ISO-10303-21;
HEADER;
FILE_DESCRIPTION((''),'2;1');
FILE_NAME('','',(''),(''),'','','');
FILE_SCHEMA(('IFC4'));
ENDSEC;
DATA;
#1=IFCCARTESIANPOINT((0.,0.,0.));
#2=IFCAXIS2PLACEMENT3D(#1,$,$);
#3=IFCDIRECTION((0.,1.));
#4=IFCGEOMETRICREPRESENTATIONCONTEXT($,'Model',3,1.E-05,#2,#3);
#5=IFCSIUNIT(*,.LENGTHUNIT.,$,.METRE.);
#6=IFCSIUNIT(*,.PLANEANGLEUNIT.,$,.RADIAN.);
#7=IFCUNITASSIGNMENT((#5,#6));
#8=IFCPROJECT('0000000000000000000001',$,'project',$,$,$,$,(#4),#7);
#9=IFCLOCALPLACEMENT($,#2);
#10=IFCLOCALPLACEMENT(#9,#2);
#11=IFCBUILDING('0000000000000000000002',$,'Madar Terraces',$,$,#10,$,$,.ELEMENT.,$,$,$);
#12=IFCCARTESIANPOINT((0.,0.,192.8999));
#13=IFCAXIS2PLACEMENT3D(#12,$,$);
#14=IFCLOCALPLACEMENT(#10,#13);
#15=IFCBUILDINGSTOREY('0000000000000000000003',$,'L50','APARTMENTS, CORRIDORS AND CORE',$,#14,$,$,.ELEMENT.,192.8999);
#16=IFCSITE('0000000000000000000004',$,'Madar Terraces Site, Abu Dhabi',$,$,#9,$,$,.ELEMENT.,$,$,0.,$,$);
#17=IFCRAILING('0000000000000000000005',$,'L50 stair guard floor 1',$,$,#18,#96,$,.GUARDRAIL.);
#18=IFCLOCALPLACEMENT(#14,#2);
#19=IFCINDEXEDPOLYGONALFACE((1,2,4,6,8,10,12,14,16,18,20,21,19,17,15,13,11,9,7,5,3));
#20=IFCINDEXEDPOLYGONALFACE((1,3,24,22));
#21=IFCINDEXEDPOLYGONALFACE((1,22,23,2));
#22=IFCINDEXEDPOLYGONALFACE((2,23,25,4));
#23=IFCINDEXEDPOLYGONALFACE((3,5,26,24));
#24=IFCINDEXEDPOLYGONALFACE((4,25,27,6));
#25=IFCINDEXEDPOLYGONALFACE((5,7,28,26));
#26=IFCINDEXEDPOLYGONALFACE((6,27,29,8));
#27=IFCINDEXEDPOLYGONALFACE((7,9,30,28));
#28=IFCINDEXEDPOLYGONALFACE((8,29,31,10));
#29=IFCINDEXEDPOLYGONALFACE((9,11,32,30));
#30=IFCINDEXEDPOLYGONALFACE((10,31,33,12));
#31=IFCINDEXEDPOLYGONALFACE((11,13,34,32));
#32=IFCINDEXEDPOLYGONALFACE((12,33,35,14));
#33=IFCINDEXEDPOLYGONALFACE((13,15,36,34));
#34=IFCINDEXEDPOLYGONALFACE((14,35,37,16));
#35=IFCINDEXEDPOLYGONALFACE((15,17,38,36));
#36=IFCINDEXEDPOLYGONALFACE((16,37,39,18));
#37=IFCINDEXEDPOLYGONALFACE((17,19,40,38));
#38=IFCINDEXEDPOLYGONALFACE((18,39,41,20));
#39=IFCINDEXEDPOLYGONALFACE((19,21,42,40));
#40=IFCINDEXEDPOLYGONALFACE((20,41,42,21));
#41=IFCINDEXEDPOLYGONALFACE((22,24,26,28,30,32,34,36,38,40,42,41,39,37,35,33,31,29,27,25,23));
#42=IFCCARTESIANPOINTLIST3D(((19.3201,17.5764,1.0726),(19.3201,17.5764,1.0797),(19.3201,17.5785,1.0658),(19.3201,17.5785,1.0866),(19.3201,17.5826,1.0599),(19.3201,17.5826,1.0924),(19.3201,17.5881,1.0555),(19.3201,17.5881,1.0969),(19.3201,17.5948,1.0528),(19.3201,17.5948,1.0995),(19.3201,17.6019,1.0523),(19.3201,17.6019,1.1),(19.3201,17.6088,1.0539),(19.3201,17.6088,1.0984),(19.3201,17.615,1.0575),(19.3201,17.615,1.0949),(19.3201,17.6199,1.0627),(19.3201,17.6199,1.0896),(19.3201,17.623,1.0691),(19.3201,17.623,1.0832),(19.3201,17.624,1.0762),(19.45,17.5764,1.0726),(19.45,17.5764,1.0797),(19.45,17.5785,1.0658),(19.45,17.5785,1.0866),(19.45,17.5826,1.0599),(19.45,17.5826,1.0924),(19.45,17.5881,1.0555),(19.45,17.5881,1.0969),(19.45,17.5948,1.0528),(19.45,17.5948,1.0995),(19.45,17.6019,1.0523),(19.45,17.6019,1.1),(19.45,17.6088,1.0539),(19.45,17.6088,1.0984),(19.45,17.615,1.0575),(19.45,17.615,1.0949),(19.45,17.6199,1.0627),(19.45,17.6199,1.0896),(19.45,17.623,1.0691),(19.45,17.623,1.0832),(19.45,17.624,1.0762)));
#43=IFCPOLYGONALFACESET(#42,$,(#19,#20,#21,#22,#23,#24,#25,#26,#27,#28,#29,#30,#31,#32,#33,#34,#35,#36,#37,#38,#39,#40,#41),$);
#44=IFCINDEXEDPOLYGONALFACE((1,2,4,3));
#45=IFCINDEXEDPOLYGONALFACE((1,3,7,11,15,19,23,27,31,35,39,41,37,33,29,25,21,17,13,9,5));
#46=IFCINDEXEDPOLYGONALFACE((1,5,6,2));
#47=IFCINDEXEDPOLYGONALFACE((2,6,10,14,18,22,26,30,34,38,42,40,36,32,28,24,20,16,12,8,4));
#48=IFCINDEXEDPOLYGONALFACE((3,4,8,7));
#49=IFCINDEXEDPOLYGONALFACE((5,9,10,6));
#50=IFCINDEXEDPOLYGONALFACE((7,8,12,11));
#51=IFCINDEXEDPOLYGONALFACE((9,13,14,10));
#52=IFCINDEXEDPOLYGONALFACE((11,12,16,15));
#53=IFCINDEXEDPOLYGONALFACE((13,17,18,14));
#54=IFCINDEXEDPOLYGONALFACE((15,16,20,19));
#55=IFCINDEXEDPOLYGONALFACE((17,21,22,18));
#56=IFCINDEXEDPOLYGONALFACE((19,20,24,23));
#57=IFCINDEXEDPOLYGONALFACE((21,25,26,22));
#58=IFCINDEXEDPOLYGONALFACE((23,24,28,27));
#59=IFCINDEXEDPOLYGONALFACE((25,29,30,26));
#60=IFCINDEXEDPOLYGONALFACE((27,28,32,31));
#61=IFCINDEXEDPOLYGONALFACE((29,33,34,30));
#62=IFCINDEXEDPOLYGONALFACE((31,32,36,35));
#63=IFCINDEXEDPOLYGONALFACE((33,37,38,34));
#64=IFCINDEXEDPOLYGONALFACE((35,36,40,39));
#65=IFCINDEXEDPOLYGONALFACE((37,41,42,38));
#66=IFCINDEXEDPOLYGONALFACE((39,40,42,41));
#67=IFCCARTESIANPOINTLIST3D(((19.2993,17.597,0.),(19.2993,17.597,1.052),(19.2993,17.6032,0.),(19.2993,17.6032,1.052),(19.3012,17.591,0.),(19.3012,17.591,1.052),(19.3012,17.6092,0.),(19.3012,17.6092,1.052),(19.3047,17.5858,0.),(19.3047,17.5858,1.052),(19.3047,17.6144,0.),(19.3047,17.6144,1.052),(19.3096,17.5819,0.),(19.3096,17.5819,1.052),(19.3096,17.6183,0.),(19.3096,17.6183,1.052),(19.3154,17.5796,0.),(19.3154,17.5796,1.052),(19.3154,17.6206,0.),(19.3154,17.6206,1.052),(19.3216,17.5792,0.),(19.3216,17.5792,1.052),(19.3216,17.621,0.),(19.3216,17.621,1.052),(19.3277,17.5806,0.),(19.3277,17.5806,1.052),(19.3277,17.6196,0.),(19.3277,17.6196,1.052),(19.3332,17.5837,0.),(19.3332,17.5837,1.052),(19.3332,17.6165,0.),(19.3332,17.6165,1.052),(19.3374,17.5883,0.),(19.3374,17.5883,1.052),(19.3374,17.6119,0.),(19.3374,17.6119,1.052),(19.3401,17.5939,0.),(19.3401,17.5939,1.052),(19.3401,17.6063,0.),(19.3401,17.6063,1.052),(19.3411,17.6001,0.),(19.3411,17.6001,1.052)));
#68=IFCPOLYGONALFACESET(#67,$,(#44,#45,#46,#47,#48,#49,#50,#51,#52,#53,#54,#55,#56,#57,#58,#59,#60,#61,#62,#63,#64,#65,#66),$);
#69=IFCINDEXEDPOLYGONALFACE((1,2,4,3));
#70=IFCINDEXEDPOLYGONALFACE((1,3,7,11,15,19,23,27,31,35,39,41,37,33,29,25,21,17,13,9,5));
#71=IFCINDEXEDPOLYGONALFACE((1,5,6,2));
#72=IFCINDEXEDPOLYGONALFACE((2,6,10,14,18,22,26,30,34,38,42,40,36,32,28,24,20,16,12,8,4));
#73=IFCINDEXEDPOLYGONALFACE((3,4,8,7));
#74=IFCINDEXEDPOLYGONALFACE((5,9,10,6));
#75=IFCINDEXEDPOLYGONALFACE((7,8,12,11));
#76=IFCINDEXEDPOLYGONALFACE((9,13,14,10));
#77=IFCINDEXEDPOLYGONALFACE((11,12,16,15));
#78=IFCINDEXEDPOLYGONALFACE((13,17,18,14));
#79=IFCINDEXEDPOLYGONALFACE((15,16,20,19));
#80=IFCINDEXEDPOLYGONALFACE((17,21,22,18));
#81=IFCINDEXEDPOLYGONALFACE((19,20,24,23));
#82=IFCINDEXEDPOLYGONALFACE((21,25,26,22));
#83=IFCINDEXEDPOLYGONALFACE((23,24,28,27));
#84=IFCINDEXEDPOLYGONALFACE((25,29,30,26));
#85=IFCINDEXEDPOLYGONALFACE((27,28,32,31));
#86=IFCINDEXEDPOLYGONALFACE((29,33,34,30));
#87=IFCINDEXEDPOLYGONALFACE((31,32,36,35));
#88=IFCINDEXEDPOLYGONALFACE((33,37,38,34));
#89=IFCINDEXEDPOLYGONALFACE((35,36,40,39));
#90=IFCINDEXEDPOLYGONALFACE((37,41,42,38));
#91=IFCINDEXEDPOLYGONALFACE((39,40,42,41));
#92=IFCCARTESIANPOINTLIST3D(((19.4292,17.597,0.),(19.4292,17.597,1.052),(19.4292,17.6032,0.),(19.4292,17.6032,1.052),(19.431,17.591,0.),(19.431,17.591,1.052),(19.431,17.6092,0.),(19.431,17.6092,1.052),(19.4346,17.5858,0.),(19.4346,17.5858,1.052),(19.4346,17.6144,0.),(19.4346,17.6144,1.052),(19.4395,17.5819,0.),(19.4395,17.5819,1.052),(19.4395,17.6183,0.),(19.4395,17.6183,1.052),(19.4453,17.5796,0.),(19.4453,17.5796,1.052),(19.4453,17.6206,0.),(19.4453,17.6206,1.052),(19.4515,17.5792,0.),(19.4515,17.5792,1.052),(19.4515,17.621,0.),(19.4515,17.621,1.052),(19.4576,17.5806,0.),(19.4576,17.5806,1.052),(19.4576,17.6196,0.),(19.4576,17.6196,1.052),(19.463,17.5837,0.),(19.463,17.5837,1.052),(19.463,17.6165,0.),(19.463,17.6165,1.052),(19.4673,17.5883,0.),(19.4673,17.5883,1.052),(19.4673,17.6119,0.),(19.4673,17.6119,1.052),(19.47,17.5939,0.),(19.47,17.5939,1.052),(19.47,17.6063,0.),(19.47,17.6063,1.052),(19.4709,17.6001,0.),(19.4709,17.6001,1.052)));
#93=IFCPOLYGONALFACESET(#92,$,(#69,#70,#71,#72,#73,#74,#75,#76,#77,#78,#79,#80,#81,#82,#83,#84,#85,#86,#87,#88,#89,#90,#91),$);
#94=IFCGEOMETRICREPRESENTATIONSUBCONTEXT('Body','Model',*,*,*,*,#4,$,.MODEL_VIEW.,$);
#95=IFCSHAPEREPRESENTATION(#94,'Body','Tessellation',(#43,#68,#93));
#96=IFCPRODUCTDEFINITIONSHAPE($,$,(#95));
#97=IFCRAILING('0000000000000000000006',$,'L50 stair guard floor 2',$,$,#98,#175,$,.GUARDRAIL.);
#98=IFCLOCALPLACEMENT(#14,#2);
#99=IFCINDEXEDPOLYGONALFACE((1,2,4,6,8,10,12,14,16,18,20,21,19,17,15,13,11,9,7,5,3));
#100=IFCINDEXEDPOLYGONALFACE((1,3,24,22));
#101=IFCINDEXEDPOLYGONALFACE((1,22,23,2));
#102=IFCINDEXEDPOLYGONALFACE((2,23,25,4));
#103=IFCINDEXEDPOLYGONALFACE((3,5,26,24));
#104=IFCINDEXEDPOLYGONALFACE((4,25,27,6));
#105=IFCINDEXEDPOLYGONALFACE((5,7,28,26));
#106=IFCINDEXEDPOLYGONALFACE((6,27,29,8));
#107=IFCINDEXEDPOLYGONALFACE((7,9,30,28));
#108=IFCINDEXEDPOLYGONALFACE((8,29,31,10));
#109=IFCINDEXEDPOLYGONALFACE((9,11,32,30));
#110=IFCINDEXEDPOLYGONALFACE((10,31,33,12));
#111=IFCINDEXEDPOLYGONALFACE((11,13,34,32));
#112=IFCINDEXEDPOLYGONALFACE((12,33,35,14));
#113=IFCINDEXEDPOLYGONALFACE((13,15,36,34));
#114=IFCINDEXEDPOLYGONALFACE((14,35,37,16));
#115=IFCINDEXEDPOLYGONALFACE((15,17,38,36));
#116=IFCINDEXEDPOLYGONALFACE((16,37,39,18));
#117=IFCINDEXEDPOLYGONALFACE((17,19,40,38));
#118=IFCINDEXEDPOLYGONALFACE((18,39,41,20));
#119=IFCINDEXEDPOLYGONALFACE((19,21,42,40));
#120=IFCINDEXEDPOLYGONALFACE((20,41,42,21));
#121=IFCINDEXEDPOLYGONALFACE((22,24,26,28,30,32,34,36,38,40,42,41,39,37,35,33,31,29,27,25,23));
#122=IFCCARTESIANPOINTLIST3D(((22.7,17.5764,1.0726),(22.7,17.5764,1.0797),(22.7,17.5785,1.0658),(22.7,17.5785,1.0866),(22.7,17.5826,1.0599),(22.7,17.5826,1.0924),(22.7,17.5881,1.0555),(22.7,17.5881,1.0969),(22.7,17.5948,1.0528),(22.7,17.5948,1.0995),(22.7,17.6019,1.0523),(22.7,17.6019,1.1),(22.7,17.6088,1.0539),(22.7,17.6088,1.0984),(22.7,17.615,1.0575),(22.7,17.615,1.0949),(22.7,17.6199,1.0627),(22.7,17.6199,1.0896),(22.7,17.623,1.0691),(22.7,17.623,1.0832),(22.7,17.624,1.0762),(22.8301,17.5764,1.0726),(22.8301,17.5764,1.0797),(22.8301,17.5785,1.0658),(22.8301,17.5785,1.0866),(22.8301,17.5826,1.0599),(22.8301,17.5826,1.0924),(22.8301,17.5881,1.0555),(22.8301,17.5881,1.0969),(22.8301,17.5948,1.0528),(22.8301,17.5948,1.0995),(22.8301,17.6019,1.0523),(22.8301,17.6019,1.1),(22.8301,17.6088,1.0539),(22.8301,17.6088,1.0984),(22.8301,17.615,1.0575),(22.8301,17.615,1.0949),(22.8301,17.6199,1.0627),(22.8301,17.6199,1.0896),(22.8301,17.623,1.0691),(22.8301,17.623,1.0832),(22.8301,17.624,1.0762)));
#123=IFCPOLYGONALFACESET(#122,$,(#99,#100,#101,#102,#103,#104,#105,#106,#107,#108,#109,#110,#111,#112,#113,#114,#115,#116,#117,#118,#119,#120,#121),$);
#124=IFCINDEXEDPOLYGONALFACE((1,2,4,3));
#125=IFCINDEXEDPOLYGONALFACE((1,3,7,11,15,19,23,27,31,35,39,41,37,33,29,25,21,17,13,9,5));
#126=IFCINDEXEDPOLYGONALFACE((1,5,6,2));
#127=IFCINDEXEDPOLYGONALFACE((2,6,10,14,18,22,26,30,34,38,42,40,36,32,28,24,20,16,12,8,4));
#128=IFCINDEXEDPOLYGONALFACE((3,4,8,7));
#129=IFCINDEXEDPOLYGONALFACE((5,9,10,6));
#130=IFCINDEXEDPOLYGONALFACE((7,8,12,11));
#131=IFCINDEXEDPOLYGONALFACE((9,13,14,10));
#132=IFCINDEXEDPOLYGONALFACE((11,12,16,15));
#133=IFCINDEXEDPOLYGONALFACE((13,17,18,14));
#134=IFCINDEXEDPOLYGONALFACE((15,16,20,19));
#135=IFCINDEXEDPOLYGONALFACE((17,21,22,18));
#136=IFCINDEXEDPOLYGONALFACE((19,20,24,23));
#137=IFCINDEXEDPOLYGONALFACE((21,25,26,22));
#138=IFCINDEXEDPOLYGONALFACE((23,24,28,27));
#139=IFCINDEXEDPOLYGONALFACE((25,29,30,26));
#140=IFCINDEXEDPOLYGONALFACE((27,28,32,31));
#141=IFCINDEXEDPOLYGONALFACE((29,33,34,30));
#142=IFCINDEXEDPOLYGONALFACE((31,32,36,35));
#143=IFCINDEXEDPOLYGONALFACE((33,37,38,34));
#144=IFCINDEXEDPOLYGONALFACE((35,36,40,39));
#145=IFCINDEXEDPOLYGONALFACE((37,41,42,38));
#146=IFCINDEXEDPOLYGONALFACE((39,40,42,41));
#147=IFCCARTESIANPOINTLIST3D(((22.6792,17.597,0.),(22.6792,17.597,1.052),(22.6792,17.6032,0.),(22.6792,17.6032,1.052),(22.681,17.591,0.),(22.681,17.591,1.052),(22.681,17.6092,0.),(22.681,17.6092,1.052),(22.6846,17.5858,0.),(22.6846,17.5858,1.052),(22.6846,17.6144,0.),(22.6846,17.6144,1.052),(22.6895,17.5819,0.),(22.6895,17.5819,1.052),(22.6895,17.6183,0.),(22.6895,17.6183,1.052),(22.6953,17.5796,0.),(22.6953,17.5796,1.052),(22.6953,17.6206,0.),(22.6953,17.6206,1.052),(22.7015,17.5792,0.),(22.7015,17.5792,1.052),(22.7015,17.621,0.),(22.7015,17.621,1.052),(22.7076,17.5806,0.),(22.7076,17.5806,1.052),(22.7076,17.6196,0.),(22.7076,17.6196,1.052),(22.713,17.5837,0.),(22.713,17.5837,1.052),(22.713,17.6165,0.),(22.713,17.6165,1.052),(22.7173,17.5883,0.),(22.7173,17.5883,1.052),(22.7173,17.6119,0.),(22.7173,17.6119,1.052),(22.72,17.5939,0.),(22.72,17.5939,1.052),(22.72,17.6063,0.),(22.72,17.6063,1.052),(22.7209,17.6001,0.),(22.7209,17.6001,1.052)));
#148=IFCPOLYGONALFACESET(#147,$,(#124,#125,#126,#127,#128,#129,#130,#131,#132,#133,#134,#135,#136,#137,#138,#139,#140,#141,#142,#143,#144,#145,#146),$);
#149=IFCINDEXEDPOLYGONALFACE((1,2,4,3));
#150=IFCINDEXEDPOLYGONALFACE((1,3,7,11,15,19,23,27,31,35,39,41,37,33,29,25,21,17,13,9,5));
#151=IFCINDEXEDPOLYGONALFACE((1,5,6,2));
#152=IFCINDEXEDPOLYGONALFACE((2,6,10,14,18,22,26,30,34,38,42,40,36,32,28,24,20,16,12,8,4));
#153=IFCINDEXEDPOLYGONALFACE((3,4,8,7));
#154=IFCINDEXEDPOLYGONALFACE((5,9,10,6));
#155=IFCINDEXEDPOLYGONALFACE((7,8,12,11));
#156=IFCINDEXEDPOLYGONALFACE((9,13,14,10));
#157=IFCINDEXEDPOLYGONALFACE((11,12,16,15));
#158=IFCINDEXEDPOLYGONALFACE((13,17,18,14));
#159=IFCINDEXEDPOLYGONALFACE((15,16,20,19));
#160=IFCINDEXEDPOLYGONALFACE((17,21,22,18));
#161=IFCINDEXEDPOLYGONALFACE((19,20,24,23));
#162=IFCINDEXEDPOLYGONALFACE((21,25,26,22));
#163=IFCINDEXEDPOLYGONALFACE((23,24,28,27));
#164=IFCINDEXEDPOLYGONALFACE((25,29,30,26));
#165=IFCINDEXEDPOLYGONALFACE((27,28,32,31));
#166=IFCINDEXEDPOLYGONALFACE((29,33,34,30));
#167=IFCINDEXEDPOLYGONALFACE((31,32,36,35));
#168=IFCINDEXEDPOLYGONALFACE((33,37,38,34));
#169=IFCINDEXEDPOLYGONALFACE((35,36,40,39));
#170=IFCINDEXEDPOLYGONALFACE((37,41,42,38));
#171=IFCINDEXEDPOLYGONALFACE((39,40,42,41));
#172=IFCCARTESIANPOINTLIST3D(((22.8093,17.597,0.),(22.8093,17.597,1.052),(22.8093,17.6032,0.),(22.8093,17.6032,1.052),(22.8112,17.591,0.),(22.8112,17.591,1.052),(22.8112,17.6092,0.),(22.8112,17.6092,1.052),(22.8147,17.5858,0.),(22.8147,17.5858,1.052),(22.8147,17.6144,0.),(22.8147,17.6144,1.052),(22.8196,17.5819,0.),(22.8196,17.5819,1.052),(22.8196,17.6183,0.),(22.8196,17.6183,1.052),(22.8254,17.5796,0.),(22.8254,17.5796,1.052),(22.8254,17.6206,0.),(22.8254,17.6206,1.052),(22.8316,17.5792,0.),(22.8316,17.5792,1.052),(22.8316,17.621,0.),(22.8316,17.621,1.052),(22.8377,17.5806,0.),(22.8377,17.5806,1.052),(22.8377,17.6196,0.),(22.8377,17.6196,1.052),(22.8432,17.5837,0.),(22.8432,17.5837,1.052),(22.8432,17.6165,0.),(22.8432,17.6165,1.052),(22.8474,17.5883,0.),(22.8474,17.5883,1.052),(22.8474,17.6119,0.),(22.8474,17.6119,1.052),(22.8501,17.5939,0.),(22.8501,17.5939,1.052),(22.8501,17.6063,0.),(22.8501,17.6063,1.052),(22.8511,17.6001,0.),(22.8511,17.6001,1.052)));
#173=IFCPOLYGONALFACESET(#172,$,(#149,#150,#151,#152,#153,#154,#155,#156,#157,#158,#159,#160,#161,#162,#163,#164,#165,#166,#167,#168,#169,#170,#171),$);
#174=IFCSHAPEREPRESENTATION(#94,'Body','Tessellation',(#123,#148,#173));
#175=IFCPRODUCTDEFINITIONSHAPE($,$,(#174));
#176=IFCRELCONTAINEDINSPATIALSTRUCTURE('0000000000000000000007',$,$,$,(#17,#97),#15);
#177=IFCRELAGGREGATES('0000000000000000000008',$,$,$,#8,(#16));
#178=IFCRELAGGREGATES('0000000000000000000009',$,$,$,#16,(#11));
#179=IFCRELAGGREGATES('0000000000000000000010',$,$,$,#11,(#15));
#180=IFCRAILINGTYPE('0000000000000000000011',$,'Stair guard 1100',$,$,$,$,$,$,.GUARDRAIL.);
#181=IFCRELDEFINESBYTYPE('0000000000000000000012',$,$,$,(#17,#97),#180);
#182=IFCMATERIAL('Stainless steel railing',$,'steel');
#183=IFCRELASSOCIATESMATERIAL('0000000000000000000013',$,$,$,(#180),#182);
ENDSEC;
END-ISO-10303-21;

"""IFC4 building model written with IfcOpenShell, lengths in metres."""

from ifc_helpers import new_model, si_unit, direction, frame, origin, origin_2d, place, context, subcontext, project, spatial, circle, extrude, material, type_object, element, save


model = new_model("IFC4")

# Units and contexts
model_context = context("Model", 3, precision=1e-05, world=origin(), true_north=direction((0.0, 1.0)))
body_context = subcontext(model_context, "Body", "Model", "MODEL_VIEW")
ifc_project = project(units=[si_unit("LENGTHUNIT", "METRE"), si_unit("PLANEANGLEUNIT", "RADIAN")], contexts=[model_context])

# Site, building, storey
site_placement = place(None, origin())
site = spatial("IfcSite", under=ifc_project, at=site_placement, Name="Madar Terraces Site, Abu Dhabi", CompositionType="ELEMENT", RefElevation=0.0)
building_placement = place(site_placement, origin())
building = spatial("IfcBuilding", under=site, at=building_placement, Name="Madar Terraces", CompositionType="ELEMENT")
storey_placement = place(building_placement, frame((0.0, 0.0, 192.8999)))
storey = spatial("IfcBuildingStorey", under=building, at=storey_placement, Name="L50", Description="APARTMENTS, CORRIDORS AND CORE", CompositionType="ELEMENT", Elevation=192.8999)

# Railings
ifc_material_1 = material(Name="Stainless steel railing", Category="steel")
railing_type_1 = type_object("IfcRailingType", Name="Stair guard 1100", PredefinedType="GUARDRAIL", material=ifc_material_1)
for number, where, name in (
    (1, (19.3201, 17.6001, 0.0), "L50 stair guard floor 1"),
):
    element("IfcRailing", number, at=place(storey_placement, frame(where)), inside=storey, type_object=railing_type_1, Name=name, PredefinedType="GUARDRAIL", context=body_context, shape_type="SweptSolid", body=[
        extrude(circle(Radius=0.0239, at=origin_2d()), frame((0.0, 0.0, 1.0762), z_axis=(1.0, 0.0, 0.0), x_axis=(0.0, 1.0, 0.0)), (0.0, 0.0, 1.0), 0.1299),
        extrude(circle(Radius=0.021, at=origin_2d()), origin(), (0.0, 0.0, 1.0), 1.052),
        extrude(circle(Radius=0.021, at=origin_2d()), frame((0.1299, 0.0, 0.0)), (0.0, 0.0, 1.0), 1.052),
    ])
railing_1_placement = place(storey_placement, frame((22.7, 17.6001, 0.0)))
element("IfcRailing", 2, at=railing_1_placement, inside=storey, type_object=railing_type_1, Name="L50 stair guard floor 2", PredefinedType="GUARDRAIL", context=body_context, shape_type="SweptSolid", body=[
    extrude(circle(Radius=0.0239, at=origin_2d()), frame((0.0, 0.0, 1.0762), z_axis=(1.0, 0.0, 0.0), x_axis=(0.0, 1.0, 0.0)), (0.0, 0.0, 1.0), 0.1301),
    extrude(circle(Radius=0.021, at=origin_2d()), origin(), (0.0, 0.0, 1.0), 1.052),
    extrude(circle(Radius=0.021, at=origin_2d()), frame((0.1301, 0.0, 0.0)), (0.0, 0.0, 1.0), 1.052),
])

save(model, "model.ifc")
